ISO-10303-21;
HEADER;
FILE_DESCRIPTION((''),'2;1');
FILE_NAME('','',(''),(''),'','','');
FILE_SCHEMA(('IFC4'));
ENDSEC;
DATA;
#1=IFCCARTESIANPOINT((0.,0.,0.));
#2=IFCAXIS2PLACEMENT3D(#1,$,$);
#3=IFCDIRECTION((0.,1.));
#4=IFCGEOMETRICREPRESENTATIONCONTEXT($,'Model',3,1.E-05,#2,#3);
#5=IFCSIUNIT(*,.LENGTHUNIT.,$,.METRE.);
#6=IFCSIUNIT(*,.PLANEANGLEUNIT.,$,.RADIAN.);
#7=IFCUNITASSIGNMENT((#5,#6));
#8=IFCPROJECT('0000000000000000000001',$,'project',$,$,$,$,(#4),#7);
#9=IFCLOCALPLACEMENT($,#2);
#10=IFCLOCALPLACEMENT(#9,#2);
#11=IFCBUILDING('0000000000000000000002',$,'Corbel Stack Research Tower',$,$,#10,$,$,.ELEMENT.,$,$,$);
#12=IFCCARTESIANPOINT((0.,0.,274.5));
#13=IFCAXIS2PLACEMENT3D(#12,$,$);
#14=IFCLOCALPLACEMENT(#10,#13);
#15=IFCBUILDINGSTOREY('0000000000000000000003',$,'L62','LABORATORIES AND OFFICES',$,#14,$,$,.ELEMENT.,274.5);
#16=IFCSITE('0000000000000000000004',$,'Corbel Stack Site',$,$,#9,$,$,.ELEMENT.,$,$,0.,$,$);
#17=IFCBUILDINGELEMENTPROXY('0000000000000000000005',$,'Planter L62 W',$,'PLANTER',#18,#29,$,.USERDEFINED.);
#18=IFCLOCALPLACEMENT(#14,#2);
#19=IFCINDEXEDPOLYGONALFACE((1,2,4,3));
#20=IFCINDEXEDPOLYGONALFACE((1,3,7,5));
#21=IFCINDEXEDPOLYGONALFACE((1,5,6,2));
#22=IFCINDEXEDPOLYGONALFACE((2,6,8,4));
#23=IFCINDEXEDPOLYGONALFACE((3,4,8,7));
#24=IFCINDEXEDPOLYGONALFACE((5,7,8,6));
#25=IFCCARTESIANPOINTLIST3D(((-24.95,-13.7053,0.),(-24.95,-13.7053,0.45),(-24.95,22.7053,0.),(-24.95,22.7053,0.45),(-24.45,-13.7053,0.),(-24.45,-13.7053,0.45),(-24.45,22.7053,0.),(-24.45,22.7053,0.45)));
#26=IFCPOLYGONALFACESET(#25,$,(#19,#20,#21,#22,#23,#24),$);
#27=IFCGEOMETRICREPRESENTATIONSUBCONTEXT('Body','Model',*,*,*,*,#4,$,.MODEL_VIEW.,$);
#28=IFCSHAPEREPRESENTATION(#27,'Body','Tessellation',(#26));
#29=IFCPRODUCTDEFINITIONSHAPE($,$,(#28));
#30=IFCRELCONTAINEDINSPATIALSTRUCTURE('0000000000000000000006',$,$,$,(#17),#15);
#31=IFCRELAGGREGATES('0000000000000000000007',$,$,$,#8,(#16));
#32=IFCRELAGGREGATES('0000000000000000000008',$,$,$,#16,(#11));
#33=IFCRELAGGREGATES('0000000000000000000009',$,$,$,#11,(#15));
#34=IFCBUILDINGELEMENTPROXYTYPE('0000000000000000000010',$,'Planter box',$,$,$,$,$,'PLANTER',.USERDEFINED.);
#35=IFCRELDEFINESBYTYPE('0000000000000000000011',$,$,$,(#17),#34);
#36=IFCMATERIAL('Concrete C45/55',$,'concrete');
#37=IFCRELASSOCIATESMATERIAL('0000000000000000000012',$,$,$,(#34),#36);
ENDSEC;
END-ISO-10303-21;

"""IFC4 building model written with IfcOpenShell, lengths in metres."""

from ifc_helpers import new_model, si_unit, direction, frame, origin, origin_2d, place, context, subcontext, project, spatial, rectangle, extrude, material, type_object, element, save


model = new_model("IFC4")

# Units and contexts
model_context = context("Model", 3, precision=1e-05, world=origin(), true_north=direction((0.0, 1.0)))
body_context = subcontext(model_context, "Body", "Model", "MODEL_VIEW")
ifc_project = project(units=[si_unit("LENGTHUNIT", "METRE"), si_unit("PLANEANGLEUNIT", "RADIAN")], contexts=[model_context])

# Site, building, storey
site_placement = place(None, origin())
site = spatial("IfcSite", under=ifc_project, at=site_placement, Name="Corbel Stack Site", CompositionType="ELEMENT", RefElevation=0.0)
building_placement = place(site_placement, origin())
building = spatial("IfcBuilding", under=site, at=building_placement, Name="Corbel Stack Research Tower", CompositionType="ELEMENT")
storey_placement = place(building_placement, frame((0.0, 0.0, 274.5)))
storey = spatial("IfcBuildingStorey", under=building, at=storey_placement, Name="L62", Description="LABORATORIES AND OFFICES", CompositionType="ELEMENT", Elevation=274.5)

# Building element proxy
ifc_material_1 = material(Name="Concrete C45/55", Category="concrete")
building_element_proxy_type = type_object("IfcBuildingElementProxyType", Name="Planter box", ElementType="PLANTER", PredefinedType="USERDEFINED", material=ifc_material_1)
proxy_placement = place(storey_placement, frame((-24.7, 4.5, 0.0), z_axis=(0.0, 0.0, 1.0), x_axis=(0.0, -1.0, 0.0)))
element("IfcBuildingElementProxy", 1, at=proxy_placement, inside=storey, type_object=building_element_proxy_type, Name="Planter L62 W", ObjectType="PLANTER", PredefinedType="USERDEFINED", context=body_context, shape_type="SweptSolid", body=[
    extrude(rectangle(XDim=36.4106, YDim=0.5, at=origin_2d()), origin(), (0.0, 0.0, 1.0), 0.45),
])

save(model, "model.ifc")
